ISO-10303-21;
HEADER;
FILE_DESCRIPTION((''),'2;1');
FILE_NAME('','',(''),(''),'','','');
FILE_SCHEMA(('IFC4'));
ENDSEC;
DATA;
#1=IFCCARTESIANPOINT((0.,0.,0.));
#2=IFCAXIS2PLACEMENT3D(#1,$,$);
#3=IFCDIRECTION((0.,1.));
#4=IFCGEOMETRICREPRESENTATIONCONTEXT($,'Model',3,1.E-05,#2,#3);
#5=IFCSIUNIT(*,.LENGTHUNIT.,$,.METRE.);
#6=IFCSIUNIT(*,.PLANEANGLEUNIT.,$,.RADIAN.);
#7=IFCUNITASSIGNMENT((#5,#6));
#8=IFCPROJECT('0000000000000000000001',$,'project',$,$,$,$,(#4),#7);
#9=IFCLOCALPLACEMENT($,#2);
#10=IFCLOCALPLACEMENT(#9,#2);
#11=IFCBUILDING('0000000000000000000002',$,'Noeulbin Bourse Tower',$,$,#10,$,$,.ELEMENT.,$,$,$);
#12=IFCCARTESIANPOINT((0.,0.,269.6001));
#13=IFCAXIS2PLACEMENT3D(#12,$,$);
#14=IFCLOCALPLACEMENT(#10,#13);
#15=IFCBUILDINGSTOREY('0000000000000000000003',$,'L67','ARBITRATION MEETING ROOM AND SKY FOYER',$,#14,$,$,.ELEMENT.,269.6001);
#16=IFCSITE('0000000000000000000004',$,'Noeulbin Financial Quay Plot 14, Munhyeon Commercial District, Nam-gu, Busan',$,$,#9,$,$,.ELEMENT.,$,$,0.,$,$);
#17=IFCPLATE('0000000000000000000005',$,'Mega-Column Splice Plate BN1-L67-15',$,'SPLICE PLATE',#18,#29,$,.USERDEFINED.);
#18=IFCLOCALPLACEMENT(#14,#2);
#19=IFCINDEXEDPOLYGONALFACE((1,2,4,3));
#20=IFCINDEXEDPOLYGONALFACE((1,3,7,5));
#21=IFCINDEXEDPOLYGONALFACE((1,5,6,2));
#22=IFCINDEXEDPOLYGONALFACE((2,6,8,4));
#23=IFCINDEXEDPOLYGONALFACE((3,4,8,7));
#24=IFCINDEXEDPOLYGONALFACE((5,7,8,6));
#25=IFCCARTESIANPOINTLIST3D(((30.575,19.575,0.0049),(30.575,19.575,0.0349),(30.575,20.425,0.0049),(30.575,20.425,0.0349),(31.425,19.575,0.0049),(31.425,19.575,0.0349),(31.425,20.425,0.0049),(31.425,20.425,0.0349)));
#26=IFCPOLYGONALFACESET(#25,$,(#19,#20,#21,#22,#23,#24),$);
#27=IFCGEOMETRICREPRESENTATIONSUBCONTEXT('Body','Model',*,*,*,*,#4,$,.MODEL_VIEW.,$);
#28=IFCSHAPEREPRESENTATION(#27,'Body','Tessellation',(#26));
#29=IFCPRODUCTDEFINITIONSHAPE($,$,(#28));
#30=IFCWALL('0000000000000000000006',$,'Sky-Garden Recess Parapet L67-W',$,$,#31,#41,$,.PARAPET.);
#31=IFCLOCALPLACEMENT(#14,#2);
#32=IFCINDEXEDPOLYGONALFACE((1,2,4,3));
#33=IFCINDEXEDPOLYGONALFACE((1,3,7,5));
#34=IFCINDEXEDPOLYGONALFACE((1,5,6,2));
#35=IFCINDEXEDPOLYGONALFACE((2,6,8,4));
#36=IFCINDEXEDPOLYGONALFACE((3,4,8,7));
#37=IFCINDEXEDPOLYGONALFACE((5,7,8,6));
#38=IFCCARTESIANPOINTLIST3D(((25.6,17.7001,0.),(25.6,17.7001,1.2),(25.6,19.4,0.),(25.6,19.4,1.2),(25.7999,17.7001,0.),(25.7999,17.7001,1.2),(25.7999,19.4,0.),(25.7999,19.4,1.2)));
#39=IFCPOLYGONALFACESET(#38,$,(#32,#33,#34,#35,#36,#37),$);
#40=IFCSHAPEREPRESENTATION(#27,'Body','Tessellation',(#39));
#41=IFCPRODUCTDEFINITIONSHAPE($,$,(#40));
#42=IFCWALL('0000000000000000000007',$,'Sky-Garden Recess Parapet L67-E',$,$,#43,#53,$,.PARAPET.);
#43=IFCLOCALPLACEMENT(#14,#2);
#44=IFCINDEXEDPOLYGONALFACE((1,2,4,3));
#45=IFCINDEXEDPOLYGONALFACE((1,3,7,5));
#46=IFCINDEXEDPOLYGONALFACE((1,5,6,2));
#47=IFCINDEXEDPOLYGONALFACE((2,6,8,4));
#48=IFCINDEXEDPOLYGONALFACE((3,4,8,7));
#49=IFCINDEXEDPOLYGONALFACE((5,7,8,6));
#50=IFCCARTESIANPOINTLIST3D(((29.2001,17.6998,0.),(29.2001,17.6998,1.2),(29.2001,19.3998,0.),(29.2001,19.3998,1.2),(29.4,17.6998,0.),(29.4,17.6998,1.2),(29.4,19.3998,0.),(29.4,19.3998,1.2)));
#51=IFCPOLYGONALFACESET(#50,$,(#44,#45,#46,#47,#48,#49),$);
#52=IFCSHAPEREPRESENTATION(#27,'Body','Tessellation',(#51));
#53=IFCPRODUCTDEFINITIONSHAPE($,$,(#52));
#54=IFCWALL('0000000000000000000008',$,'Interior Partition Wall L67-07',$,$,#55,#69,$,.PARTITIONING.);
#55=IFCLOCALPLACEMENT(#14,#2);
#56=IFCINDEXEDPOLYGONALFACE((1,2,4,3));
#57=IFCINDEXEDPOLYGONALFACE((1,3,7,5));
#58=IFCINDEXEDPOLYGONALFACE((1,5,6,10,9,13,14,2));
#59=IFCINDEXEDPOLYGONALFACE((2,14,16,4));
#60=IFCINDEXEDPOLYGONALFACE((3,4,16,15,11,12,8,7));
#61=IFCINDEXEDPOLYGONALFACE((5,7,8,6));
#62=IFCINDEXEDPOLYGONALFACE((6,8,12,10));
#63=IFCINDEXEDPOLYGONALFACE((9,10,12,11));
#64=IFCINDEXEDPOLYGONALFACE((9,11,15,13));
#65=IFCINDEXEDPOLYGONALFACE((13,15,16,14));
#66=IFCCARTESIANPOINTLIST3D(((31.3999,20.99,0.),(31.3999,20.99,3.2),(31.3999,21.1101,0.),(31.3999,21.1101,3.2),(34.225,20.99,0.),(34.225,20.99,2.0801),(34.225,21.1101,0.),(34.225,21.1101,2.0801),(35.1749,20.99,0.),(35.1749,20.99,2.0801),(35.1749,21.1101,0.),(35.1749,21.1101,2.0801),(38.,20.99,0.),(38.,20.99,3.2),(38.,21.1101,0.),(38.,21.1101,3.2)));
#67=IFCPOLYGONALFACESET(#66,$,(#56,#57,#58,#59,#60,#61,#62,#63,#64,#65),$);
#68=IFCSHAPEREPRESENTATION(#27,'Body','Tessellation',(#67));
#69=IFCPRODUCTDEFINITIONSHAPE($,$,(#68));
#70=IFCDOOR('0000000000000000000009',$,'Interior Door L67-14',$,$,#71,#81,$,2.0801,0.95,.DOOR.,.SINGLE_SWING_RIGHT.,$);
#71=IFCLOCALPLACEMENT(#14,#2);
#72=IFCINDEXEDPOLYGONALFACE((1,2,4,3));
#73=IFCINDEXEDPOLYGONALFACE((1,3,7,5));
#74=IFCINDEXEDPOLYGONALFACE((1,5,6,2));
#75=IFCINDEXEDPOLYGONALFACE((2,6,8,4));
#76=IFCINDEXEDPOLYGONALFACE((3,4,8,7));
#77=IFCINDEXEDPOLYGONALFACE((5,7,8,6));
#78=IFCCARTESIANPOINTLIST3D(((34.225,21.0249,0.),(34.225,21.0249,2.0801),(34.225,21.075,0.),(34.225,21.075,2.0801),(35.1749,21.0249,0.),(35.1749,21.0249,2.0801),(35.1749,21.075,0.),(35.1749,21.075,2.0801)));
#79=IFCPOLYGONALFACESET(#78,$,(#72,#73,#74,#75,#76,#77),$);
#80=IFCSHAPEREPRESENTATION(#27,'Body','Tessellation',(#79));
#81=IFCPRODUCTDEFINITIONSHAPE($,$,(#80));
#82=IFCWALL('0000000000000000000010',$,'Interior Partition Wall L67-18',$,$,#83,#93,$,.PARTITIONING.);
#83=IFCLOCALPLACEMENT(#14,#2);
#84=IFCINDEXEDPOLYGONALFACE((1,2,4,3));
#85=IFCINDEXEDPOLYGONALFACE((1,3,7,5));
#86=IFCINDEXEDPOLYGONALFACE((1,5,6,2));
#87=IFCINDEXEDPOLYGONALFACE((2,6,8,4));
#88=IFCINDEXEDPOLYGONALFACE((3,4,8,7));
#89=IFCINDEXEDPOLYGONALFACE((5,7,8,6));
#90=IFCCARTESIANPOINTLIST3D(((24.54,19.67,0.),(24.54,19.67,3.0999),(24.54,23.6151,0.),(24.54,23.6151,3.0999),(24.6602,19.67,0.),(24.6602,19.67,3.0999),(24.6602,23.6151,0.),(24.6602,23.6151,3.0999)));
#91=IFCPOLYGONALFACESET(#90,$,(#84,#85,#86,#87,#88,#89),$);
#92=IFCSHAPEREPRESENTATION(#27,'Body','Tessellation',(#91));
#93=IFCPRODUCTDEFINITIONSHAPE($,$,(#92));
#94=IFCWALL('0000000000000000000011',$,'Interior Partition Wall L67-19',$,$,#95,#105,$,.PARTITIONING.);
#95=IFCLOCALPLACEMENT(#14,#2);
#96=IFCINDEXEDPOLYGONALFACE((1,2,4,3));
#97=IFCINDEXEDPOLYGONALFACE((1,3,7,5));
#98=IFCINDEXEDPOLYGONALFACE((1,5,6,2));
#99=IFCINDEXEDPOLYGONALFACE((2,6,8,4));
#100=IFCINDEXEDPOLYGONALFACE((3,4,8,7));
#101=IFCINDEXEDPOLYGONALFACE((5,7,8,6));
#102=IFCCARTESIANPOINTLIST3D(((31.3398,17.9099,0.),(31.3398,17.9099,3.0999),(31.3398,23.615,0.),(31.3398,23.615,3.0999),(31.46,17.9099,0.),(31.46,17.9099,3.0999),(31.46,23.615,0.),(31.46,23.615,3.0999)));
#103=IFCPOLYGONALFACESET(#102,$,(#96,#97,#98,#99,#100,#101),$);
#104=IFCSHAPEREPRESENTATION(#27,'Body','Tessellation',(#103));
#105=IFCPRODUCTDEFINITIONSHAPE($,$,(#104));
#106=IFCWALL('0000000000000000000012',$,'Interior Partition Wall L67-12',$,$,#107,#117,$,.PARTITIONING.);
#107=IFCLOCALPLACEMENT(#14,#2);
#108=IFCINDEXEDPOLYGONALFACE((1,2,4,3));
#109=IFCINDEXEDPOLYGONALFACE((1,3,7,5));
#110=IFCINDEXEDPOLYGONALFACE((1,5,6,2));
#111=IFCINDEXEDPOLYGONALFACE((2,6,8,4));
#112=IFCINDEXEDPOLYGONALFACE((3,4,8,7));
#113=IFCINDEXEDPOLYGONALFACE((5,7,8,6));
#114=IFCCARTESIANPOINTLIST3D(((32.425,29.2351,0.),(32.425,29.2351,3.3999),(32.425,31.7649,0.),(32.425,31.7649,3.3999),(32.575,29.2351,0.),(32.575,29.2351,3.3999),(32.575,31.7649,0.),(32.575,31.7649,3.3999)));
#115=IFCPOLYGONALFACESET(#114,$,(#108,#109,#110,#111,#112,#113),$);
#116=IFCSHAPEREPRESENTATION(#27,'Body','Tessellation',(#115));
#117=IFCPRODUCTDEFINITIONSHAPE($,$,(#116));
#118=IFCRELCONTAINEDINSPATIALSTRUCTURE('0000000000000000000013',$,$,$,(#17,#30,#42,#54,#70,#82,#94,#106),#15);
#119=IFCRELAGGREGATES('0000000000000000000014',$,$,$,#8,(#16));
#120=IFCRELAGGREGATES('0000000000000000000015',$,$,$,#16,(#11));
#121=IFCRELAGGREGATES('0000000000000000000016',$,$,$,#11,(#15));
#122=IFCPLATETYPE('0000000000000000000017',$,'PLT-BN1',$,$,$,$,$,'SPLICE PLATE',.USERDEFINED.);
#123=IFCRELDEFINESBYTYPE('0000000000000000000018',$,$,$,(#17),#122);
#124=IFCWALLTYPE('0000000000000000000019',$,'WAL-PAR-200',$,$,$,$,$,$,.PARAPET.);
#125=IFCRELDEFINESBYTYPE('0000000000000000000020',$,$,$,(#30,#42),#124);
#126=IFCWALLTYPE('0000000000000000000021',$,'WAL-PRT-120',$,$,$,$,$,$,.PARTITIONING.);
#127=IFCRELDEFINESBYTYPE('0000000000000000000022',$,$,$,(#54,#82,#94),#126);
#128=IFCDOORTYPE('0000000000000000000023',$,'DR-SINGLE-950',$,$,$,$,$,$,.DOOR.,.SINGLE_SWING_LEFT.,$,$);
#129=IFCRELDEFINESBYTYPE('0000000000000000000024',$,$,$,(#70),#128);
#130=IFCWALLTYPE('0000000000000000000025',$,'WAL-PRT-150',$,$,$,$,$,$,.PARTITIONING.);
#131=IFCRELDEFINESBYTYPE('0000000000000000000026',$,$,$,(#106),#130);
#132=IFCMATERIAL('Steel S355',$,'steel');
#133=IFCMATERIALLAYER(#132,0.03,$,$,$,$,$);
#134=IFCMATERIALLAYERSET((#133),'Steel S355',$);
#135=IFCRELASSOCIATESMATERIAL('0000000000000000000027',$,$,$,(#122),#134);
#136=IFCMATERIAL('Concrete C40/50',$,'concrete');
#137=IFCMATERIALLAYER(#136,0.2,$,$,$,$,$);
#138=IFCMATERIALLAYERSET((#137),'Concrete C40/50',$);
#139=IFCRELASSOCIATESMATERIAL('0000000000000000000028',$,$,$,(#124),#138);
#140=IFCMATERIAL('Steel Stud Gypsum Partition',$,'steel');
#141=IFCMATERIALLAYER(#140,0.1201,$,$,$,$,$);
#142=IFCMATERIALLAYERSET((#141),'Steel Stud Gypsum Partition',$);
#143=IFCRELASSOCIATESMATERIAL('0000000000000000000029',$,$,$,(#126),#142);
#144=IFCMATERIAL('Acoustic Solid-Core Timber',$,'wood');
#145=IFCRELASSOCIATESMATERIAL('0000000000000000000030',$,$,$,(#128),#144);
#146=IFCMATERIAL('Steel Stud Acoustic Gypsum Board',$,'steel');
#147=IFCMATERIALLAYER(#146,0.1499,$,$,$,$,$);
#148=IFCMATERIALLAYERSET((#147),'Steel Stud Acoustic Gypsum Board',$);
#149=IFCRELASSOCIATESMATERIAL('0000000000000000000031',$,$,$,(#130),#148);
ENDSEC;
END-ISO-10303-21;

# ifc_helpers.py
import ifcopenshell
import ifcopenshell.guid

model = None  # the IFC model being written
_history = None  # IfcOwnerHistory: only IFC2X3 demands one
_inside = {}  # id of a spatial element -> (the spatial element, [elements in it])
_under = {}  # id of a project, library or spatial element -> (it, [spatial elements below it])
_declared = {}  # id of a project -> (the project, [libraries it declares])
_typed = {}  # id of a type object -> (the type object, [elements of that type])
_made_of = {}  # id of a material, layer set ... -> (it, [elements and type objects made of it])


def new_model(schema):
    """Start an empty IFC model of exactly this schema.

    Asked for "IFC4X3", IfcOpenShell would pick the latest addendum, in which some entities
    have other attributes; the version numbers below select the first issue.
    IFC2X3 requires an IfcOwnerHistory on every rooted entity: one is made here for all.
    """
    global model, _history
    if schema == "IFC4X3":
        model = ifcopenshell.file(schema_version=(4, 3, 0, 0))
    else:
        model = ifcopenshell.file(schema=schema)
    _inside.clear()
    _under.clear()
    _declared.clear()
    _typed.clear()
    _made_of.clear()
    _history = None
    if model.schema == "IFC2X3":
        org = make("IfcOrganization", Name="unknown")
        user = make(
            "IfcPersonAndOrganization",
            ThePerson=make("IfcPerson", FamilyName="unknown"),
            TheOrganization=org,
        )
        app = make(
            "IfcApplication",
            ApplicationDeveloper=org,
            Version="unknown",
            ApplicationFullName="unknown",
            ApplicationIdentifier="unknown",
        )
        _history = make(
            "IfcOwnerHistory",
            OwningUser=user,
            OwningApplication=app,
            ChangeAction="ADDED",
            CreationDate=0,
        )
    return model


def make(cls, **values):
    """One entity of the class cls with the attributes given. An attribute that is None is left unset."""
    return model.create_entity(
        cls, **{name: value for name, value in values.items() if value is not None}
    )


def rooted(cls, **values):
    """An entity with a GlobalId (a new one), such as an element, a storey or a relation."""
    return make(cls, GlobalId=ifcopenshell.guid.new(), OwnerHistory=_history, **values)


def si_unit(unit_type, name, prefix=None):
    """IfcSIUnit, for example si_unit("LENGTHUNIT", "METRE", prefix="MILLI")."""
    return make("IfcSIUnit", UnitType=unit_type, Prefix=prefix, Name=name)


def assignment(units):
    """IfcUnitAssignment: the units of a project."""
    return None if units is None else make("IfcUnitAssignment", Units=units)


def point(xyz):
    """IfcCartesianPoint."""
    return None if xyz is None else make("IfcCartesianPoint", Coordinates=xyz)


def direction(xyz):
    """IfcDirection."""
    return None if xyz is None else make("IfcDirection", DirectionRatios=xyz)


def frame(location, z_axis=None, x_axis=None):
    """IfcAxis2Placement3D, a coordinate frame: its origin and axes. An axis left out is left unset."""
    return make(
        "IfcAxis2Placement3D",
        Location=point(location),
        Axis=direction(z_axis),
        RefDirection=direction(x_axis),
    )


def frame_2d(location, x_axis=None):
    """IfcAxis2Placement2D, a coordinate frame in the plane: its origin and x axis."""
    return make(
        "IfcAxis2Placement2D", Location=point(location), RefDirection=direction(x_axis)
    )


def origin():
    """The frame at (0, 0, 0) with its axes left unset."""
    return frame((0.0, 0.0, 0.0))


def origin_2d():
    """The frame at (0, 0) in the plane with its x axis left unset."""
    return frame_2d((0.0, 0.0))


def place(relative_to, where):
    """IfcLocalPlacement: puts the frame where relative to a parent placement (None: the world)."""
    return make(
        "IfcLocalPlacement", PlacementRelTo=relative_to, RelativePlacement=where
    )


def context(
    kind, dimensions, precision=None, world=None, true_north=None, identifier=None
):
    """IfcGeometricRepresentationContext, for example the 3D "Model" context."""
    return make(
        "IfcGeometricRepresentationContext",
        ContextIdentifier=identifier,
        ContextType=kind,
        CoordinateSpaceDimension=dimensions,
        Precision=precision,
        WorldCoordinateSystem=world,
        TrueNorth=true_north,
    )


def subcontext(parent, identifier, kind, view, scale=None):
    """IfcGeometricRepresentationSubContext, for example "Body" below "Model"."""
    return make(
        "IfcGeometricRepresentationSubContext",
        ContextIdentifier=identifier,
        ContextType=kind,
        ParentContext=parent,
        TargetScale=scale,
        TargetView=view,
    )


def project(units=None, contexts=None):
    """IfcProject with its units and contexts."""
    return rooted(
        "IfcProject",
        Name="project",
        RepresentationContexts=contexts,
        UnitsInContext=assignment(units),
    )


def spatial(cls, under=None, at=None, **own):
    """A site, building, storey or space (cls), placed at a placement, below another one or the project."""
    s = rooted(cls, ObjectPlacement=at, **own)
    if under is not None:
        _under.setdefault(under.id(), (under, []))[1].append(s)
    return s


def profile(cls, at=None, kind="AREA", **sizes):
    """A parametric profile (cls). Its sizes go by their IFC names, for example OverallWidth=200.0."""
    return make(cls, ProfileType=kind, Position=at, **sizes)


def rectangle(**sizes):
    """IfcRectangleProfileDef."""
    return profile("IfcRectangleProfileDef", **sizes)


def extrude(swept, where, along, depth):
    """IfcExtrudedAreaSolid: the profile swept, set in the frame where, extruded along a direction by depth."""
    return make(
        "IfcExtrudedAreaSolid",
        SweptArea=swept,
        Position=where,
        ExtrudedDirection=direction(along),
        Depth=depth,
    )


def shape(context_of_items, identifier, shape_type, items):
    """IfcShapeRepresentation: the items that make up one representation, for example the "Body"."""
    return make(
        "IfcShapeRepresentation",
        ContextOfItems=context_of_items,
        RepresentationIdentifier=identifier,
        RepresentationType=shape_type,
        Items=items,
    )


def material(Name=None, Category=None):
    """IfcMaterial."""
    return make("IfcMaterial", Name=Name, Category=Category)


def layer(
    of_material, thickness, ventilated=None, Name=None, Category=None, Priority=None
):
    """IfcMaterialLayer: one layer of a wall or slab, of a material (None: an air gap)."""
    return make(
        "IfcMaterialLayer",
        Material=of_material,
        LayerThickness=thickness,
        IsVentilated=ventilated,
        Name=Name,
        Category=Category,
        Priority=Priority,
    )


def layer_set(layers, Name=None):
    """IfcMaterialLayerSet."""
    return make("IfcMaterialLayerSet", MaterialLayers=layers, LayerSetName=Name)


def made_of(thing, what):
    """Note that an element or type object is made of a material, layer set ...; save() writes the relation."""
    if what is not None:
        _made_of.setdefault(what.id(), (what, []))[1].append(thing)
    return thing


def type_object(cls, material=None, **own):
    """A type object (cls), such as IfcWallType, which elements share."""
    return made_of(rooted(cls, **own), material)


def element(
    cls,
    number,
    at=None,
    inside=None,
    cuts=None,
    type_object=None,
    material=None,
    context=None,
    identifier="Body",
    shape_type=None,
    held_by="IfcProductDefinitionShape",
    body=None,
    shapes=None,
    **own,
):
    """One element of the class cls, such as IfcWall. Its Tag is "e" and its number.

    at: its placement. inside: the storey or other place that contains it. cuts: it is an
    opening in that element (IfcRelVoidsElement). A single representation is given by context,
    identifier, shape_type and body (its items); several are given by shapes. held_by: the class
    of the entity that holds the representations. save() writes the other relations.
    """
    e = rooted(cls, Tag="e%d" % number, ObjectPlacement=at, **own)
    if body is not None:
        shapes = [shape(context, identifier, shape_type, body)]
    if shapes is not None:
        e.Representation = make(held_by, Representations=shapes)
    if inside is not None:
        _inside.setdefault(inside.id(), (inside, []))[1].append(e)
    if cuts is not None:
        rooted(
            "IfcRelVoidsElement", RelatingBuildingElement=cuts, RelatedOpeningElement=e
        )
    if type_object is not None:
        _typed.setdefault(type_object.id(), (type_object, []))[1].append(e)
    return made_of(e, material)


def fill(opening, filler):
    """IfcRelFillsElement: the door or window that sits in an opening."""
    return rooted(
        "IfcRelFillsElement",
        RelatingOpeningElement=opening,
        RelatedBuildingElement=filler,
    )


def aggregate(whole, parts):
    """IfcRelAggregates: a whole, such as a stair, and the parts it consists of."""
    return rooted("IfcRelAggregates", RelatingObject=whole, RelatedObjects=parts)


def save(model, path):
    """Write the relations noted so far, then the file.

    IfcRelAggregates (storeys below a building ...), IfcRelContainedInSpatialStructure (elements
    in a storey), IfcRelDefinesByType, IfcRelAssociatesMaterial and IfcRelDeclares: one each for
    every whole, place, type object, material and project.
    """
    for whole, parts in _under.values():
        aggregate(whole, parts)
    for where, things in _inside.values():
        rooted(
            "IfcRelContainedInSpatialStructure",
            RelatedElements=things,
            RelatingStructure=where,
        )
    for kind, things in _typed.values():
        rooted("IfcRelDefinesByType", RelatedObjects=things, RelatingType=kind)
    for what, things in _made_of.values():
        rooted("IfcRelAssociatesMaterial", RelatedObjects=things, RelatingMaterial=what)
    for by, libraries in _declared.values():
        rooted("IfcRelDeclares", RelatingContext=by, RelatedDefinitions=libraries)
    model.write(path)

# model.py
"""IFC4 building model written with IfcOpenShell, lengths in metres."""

from ifc_helpers import new_model, si_unit, direction, frame, frame_2d, origin, origin_2d, place, context, subcontext, project, spatial, rectangle, extrude, material, layer, layer_set, type_object, element, fill, save


model = new_model("IFC4")

# Units and contexts
model_context = context("Model", 3, precision=1e-05, world=origin(), true_north=direction((0.0, 1.0)))
body_context = subcontext(model_context, "Body", "Model", "MODEL_VIEW")
ifc_project = project(units=[si_unit("LENGTHUNIT", "METRE"), si_unit("PLANEANGLEUNIT", "RADIAN")], contexts=[model_context])

# Site, building, storey
site_placement = place(None, origin())
site = spatial("IfcSite", under=ifc_project, at=site_placement, Name="Noeulbin Financial Quay Plot 14, Munhyeon Commercial District, Nam-gu, Busan", CompositionType="ELEMENT", RefElevation=0.0)
building_placement = place(site_placement, origin())
building = spatial("IfcBuilding", under=site, at=building_placement, Name="Noeulbin Bourse Tower", CompositionType="ELEMENT")
storey_placement = place(building_placement, frame((0.0, 0.0, 269.6001)))
storey = spatial("IfcBuildingStorey", under=building, at=storey_placement, Name="L67", Description="ARBITRATION MEETING ROOM AND SKY FOYER", CompositionType="ELEMENT", Elevation=269.6001)

# Shared definitions
ifc_material_1 = material(Name="Steel S355", Category="steel")

# Plate
ifc_layer_1 = layer(ifc_material_1, 0.03)
ifc_layer_set_1 = layer_set([ifc_layer_1], Name="Steel S355")
plate_type_1 = type_object("IfcPlateType", Name="PLT-BN1", ElementType="SPLICE PLATE", PredefinedType="USERDEFINED", material=ifc_layer_set_1)
for number, where, z_axis, x_axis, name in (
    (1, (31.0, 20.0, 0.0049), (0.0, 0.0, 1.0), (1.0, 0.0, 0.0), "Mega-Column Splice Plate BN1-L67-15"),
):
    element("IfcPlate", number, at=place(storey_placement, frame(where, z_axis=z_axis, x_axis=x_axis)), inside=storey, type_object=plate_type_1, Name=name, ObjectType="SPLICE PLATE", PredefinedType="USERDEFINED", context=body_context, shape_type="SweptSolid", body=[
        extrude(rectangle(XDim=0.8501, YDim=0.8501, at=origin_2d()), origin(), (0.0, 0.0, 1.0), 0.03),
    ])

# Walls
ifc_material_2 = material(Name="Concrete C40/50", Category="concrete")
ifc_layer_2 = layer(ifc_material_2, 0.2)
ifc_layer_set_2 = layer_set([ifc_layer_2], Name="Concrete C40/50")
wall_type_1 = type_object("IfcWallType", Name="WAL-PAR-200", PredefinedType="PARAPET", material=ifc_layer_set_2)
for number, where, z_axis, x_axis, name in (
    (2, (25.7, 17.7, 0.0), (0.0, 0.0, 1.0), (0.0, 1.0, 0.0), "Sky-Garden Recess Parapet L67-W"),
    (3, (29.3, 19.3999, 0.0), (0.0, 0.0, 1.0), (0.0, -1.0, 0.0), "Sky-Garden Recess Parapet L67-E"),
):
    element("IfcWall", number, at=place(storey_placement, frame(where, z_axis=z_axis, x_axis=x_axis)), inside=storey, type_object=wall_type_1, Name=name, PredefinedType="PARAPET", context=body_context, shape_type="SweptSolid", body=[
        extrude(rectangle(XDim=1.7, YDim=0.2, at=frame_2d((0.8501, 0.0))), origin(), (0.0, 0.0, 1.0), 1.2),
    ])

# Wall, opening, door
ifc_material_3 = material(Name="Steel Stud Gypsum Partition", Category="steel")
ifc_layer_3 = layer(ifc_material_3, 0.1201)
ifc_layer_set_3 = layer_set([ifc_layer_3], Name="Steel Stud Gypsum Partition")
wall_type_2 = type_object("IfcWallType", Name="WAL-PRT-120", PredefinedType="PARTITIONING", material=ifc_layer_set_3)
wall_1_placement = place(storey_placement, frame((31.3999, 21.05, 0.0), z_axis=(0.0, 0.0, 1.0), x_axis=(1.0, 0.0, 0.0)))
wall_1 = element("IfcWall", 4, at=wall_1_placement, inside=storey, type_object=wall_type_2, Name="Interior Partition Wall L67-07", PredefinedType="PARTITIONING", context=body_context, shape_type="SweptSolid", body=[
    extrude(rectangle(XDim=6.6001, YDim=0.1201, at=frame_2d((3.3, 0.0))), origin(), (0.0, 0.0, 1.0), 3.2),
])
opening_placement = place(wall_1_placement, frame((2.825, 0.0, 0.0)))
opening = element("IfcOpeningElement", 5, at=opening_placement, cuts=wall_1, PredefinedType="OPENING", context=body_context, shape_type="SweptSolid", body=[
    extrude(rectangle(XDim=0.95, YDim=2.0801, at=frame_2d((0.4751, 1.04))), frame((0.0, 0.0701, 0.0), z_axis=(0.0, -1.0, 0.0), x_axis=(1.0, 0.0, 0.0)), (0.0, 0.0, 1.0), 0.1401),
])
ifc_material_4 = material(Name="Acoustic Solid-Core Timber", Category="wood")
door_type = type_object("IfcDoorType", Name="DR-SINGLE-950", OperationType="SINGLE_SWING_LEFT", PredefinedType="DOOR", material=ifc_material_4)
door_placement = place(opening_placement, origin())
door = element("IfcDoor", 6, at=door_placement, inside=storey, type_object=door_type, Name="Interior Door L67-14", OperationType="SINGLE_SWING_RIGHT", OverallHeight=2.0801, OverallWidth=0.95, PredefinedType="DOOR", context=body_context, shape_type="SweptSolid", body=[
    extrude(rectangle(XDim=0.95, YDim=2.0801, at=frame_2d((0.4751, 1.04))), frame((0.0, 0.0249, 0.0), z_axis=(0.0, -1.0, 0.0), x_axis=(1.0, 0.0, 0.0)), (0.0, 0.0, 1.0), 0.05),
])
fill(opening, door)

# Walls
wall_2_placement = place(storey_placement, frame((24.6001, 19.6699, 0.0), z_axis=(0.0, 0.0, 1.0), x_axis=(0.0, 1.0, 0.0)))
element("IfcWall", 7, at=wall_2_placement, inside=storey, type_object=wall_type_2, Name="Interior Partition Wall L67-18", PredefinedType="PARTITIONING", context=body_context, shape_type="SweptSolid", body=[
    extrude(rectangle(XDim=3.9451, YDim=0.1201, at=frame_2d((1.9727, 0.0))), origin(), (0.0, 0.0, 1.0), 3.0999),
])
wall_3_placement = place(storey_placement, frame((31.3999, 17.9099, 0.0), z_axis=(0.0, 0.0, 1.0), x_axis=(0.0, 1.0, 0.0)))
element("IfcWall", 8, at=wall_3_placement, inside=storey, type_object=wall_type_2, Name="Interior Partition Wall L67-19", PredefinedType="PARTITIONING", context=body_context, shape_type="SweptSolid", body=[
    extrude(rectangle(XDim=5.7051, YDim=0.1201, at=frame_2d((2.8525, 0.0))), origin(), (0.0, 0.0, 1.0), 3.0999),
])
ifc_material_5 = material(Name="Steel Stud Acoustic Gypsum Board", Category="steel")
ifc_layer_4 = layer(ifc_material_5, 0.1499)
ifc_layer_set_4 = layer_set([ifc_layer_4], Name="Steel Stud Acoustic Gypsum Board")
wall_type_3 = type_object("IfcWallType", Name="WAL-PRT-150", PredefinedType="PARTITIONING", material=ifc_layer_set_4)
wall_4_placement = place(storey_placement, frame((32.5, 29.2351, 0.0), z_axis=(0.0, 0.0, 1.0), x_axis=(0.0, 1.0, 0.0)))
element("IfcWall", 9, at=wall_4_placement, inside=storey, type_object=wall_type_3, Name="Interior Partition Wall L67-12", PredefinedType="PARTITIONING", context=body_context, shape_type="SweptSolid", body=[
    extrude(rectangle(XDim=2.5298, YDim=0.1499, at=frame_2d((1.2649, 0.0))), origin(), (0.0, 0.0, 1.0), 3.3999),
])

save(model, "model.ifc")
